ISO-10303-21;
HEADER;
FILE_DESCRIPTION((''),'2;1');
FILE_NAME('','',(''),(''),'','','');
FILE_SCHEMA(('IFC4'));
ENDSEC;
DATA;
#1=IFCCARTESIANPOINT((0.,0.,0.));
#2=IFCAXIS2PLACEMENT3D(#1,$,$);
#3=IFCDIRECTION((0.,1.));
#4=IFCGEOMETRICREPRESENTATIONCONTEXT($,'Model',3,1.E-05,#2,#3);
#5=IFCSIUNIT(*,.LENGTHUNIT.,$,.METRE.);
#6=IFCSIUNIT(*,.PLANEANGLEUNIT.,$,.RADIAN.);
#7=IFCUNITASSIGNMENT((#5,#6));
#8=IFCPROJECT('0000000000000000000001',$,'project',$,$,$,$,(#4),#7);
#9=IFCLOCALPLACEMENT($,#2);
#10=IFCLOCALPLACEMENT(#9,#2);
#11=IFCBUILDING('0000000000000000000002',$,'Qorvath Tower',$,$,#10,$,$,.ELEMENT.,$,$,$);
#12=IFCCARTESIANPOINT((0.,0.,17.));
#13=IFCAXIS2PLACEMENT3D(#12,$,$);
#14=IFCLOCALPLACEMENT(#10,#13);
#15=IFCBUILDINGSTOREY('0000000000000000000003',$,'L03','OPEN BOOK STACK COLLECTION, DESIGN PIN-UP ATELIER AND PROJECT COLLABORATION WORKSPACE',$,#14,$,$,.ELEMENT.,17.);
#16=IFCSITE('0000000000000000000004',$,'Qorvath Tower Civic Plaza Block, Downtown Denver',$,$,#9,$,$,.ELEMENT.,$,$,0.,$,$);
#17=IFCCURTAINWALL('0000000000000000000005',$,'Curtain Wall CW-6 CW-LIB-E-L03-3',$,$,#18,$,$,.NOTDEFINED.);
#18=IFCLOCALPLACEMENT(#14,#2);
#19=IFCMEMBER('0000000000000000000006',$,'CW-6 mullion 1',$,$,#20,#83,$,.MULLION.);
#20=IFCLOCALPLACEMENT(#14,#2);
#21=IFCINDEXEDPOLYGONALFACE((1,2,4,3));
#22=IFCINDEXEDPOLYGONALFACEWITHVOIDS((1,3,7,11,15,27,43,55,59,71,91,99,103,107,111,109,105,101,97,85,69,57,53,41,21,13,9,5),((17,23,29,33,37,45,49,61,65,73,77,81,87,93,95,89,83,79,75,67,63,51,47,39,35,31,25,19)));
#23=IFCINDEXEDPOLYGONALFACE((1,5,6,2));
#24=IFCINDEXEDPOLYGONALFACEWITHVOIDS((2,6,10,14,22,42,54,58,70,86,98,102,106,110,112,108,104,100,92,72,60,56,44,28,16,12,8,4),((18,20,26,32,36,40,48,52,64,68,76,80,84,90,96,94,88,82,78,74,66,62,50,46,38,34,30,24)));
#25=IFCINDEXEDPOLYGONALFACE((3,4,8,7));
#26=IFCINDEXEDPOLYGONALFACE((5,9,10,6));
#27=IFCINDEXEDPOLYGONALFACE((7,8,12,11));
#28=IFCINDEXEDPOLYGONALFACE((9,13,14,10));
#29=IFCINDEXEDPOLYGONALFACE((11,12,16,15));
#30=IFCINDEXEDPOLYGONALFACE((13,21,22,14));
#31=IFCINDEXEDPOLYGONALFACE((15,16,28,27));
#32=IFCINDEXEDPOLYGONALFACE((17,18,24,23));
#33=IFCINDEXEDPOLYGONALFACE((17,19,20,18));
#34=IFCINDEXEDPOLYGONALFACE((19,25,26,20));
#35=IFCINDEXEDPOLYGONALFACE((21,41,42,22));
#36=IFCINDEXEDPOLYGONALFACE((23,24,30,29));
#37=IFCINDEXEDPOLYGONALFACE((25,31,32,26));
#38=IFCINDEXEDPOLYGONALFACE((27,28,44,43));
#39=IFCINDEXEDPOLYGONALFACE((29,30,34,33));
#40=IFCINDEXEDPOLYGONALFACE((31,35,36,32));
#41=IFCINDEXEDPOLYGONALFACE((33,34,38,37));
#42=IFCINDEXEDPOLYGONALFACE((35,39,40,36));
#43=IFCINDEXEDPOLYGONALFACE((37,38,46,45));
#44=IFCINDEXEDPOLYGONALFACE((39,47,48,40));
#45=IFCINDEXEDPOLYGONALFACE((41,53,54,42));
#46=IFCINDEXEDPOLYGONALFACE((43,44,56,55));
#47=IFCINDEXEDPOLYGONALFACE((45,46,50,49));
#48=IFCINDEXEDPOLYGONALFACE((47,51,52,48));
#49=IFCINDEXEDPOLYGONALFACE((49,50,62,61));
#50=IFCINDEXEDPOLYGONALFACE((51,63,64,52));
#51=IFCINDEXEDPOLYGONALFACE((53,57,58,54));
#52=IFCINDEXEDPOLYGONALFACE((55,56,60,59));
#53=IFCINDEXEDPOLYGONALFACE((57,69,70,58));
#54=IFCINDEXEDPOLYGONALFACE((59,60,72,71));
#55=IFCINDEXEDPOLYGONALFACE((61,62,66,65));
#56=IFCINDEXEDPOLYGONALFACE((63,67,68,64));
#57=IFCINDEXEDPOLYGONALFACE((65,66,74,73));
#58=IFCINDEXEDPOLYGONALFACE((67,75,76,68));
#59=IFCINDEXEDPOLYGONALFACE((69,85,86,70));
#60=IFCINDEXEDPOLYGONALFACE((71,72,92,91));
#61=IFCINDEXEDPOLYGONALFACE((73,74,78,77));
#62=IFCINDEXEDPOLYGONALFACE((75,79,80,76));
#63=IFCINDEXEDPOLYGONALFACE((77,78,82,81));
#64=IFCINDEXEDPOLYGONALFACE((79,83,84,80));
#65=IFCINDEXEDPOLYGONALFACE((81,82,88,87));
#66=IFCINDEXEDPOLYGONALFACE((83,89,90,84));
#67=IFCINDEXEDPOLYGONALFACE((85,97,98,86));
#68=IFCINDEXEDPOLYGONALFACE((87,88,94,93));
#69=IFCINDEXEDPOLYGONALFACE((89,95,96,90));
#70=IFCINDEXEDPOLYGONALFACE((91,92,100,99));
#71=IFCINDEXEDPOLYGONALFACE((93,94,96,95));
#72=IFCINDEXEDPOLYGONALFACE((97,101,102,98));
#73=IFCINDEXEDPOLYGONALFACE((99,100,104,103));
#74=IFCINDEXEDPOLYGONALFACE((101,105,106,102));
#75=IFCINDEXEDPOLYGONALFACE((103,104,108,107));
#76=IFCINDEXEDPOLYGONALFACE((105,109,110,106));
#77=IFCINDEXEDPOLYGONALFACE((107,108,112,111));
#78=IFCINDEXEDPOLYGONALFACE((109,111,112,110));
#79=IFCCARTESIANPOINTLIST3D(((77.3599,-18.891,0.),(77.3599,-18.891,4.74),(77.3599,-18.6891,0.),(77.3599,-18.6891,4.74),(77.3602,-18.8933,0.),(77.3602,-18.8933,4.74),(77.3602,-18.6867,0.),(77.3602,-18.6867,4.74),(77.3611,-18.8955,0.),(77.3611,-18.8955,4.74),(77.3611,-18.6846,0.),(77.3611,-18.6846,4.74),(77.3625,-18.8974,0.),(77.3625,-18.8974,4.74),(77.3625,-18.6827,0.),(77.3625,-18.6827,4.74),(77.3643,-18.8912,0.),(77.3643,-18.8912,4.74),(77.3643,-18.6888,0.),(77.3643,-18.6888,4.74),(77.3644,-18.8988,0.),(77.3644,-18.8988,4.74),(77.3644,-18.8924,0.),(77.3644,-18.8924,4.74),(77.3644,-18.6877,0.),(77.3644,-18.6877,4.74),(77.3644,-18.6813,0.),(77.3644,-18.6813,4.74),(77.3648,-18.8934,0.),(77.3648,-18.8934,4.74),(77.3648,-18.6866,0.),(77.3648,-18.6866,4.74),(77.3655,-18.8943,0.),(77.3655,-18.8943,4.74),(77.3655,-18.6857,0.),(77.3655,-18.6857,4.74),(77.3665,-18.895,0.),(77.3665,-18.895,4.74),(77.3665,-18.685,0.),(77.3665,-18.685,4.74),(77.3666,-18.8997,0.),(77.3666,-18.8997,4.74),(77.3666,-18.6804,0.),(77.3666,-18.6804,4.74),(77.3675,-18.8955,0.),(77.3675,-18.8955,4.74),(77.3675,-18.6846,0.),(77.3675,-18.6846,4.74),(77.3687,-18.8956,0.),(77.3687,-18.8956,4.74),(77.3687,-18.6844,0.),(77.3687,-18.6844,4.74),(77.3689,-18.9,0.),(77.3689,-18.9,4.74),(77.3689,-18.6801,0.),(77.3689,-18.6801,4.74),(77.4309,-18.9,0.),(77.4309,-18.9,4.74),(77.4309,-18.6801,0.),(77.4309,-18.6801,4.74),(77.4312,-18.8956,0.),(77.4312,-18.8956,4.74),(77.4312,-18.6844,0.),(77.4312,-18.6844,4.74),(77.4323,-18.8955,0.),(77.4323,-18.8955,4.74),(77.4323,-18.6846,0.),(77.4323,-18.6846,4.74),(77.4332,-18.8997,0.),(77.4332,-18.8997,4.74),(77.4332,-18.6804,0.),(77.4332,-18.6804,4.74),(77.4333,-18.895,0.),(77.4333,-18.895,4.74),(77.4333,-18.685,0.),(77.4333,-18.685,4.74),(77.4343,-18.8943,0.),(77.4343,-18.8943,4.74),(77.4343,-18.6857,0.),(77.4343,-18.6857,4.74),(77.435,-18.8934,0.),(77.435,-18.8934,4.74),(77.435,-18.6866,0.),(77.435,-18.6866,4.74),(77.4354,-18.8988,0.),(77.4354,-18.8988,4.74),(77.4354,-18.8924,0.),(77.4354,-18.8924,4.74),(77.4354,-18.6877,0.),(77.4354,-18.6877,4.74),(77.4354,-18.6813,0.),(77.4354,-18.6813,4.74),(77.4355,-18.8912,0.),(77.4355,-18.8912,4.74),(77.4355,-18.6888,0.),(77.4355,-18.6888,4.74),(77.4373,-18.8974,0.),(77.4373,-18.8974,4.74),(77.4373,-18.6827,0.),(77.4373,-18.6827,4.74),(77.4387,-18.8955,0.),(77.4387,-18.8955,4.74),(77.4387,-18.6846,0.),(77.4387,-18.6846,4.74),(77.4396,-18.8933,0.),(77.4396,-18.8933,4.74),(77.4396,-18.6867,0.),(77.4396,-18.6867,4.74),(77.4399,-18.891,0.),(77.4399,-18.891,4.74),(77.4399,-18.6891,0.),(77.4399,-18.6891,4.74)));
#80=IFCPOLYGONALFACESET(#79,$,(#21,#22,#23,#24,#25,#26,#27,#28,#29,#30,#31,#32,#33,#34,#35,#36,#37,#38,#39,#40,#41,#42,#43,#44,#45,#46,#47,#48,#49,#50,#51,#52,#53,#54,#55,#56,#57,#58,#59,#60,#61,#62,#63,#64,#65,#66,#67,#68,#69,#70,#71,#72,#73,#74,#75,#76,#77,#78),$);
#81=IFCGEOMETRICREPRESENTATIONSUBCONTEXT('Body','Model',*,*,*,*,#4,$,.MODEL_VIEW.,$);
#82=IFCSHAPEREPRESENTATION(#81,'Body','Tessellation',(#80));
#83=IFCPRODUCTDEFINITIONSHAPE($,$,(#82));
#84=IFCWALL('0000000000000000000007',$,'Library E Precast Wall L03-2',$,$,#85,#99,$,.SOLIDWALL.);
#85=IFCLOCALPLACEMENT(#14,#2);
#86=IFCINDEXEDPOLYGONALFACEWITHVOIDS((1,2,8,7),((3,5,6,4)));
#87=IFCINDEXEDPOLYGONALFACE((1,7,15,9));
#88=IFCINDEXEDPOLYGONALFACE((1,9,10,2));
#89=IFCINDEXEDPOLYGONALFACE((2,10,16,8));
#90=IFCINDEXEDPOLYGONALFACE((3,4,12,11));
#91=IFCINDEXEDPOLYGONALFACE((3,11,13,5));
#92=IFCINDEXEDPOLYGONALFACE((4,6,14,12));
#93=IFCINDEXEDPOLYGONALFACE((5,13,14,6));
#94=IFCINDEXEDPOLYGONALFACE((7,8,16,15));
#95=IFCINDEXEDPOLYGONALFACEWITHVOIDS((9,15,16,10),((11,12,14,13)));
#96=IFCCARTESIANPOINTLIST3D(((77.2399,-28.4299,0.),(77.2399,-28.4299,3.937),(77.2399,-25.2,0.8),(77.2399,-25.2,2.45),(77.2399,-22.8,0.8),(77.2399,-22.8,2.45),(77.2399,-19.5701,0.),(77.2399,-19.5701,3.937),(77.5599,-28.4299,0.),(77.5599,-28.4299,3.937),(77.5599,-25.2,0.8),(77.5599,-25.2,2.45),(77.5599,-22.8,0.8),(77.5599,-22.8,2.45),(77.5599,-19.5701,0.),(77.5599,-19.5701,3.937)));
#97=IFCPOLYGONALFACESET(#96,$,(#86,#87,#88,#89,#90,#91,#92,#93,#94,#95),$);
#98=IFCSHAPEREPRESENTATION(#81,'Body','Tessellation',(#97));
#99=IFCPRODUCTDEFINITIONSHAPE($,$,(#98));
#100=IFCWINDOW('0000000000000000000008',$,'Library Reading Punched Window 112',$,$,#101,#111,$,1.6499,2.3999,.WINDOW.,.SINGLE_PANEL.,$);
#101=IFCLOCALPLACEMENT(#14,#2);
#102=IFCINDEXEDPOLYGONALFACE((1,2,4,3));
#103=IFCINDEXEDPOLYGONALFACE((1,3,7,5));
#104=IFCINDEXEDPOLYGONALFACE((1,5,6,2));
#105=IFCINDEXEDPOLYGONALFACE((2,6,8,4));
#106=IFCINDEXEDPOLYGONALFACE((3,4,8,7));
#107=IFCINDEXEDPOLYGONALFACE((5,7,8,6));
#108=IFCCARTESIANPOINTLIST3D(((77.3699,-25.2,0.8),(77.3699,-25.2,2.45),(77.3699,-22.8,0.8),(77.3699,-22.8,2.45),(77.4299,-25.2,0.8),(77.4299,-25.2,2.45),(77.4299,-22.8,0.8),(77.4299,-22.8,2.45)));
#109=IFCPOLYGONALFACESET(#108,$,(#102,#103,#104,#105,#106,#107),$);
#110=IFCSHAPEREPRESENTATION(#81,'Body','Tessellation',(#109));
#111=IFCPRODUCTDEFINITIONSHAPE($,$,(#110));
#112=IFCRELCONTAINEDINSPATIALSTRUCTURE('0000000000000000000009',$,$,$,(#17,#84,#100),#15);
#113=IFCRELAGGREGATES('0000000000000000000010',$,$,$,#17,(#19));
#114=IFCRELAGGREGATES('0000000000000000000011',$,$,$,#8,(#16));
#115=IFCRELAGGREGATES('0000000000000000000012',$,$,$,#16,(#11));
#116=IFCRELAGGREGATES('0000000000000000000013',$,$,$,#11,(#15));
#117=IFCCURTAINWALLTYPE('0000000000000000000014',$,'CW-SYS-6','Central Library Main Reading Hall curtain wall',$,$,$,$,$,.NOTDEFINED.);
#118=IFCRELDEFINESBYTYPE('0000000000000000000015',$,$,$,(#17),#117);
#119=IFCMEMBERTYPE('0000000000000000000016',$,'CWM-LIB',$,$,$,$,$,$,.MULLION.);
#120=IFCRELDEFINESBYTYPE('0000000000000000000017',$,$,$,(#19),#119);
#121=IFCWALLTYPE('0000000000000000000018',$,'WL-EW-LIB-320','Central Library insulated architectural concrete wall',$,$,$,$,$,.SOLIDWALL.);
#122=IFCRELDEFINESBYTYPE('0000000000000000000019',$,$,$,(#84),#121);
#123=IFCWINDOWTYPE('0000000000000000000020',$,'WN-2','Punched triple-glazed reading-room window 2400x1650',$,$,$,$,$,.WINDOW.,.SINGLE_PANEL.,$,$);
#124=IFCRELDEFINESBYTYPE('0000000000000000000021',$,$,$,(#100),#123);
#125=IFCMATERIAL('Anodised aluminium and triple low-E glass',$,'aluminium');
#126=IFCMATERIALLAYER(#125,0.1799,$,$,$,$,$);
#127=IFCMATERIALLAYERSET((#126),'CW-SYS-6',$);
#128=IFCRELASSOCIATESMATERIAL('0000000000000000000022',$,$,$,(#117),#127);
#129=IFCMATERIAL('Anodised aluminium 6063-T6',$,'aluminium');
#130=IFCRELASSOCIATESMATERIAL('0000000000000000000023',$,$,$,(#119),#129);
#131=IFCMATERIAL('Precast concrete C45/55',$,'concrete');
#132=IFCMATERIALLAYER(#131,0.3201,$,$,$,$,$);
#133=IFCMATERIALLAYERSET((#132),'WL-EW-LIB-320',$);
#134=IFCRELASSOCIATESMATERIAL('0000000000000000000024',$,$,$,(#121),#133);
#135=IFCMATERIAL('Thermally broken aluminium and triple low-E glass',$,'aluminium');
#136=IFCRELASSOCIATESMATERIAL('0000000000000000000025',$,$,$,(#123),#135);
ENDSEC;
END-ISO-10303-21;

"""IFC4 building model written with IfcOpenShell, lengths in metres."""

from ifc_helpers import new_model, si_unit, direction, frame, frame_2d, origin, origin_2d, place, context, subcontext, project, spatial, rectangle, hollow_rectangle, extrude, material, layer, layer_set, material_profile, profile_set, type_object, element, fill, aggregate, save


model = new_model("IFC4")

# Units and contexts
model_context = context("Model", 3, precision=1e-05, world=origin(), true_north=direction((0.0, 1.0)))
body_context = subcontext(model_context, "Body", "Model", "MODEL_VIEW")
ifc_project = project(units=[si_unit("LENGTHUNIT", "METRE"), si_unit("PLANEANGLEUNIT", "RADIAN")], contexts=[model_context])

# Site, building, storey
site_placement = place(None, origin())
site = spatial("IfcSite", under=ifc_project, at=site_placement, Name="Qorvath Tower Civic Plaza Block, Downtown Denver", CompositionType="ELEMENT", RefElevation=0.0)
building_placement = place(site_placement, origin())
building = spatial("IfcBuilding", under=site, at=building_placement, Name="Qorvath Tower", CompositionType="ELEMENT")
storey_placement = place(building_placement, frame((0.0, 0.0, 17.0)))
storey = spatial("IfcBuildingStorey", under=building, at=storey_placement, Name="L03", Description="OPEN BOOK STACK COLLECTION, DESIGN PIN-UP ATELIER AND PROJECT COLLABORATION WORKSPACE", CompositionType="ELEMENT", Elevation=17.0)

# Curtain wall, member
ifc_material_1 = material(Name="Anodised aluminium and triple low-E glass", Category="aluminium")
ifc_layer_1 = layer(ifc_material_1, 0.1799)
ifc_layer_set_1 = layer_set([ifc_layer_1], Name="CW-SYS-6")
curtain_wall_type = type_object("IfcCurtainWallType", Name="CW-SYS-6", Description="Central Library Main Reading Hall curtain wall", PredefinedType="NOTDEFINED", material=ifc_layer_set_1)
curtain_wall_placement = place(storey_placement, origin())
curtain_wall = element("IfcCurtainWall", 1, at=curtain_wall_placement, inside=storey, type_object=curtain_wall_type, Name="Curtain Wall CW-6 CW-LIB-E-L03-3", PredefinedType="NOTDEFINED")
ifc_material_2 = material(Name="Anodised aluminium 6063-T6", Category="aluminium")
ifc_material_profile_1 = material_profile(ifc_material_2, hollow_rectangle(XDim=0.0801, YDim=0.22, WallThickness=0.0044, InnerFilletRadius=0.0044, OuterFilletRadius=0.009, at=origin_2d()), Name="CWM LIB 220x80")
ifc_profile_set_1 = profile_set([ifc_material_profile_1], Name="Anodised aluminium 6063-T6")
member_type = type_object("IfcMemberType", Name="CWM-LIB", PredefinedType="MULLION", material=ifc_profile_set_1)
member_placement = place(storey_placement, frame((77.3999, -18.79, 0.0), z_axis=(0.0, 0.0, 1.0), x_axis=(-1.0, 0.0, 0.0)))
member = element("IfcMember", 2, at=member_placement, type_object=member_type, Name="CW-6 mullion 1", PredefinedType="MULLION", context=body_context, shape_type="SweptSolid", body=[
    extrude(hollow_rectangle(XDim=0.0801, YDim=0.22, WallThickness=0.0044, InnerFilletRadius=0.0044, OuterFilletRadius=0.009, at=origin_2d()), origin(), (0.0, 0.0, 1.0), 4.74),
])
aggregate(curtain_wall, [member])

# Wall, opening, window
ifc_material_3 = material(Name="Precast concrete C45/55", Category="concrete")
ifc_layer_2 = layer(ifc_material_3, 0.3201)
ifc_layer_set_2 = layer_set([ifc_layer_2], Name="WL-EW-LIB-320")
wall_type = type_object("IfcWallType", Name="WL-EW-LIB-320", Description="Central Library insulated architectural concrete wall", PredefinedType="SOLIDWALL", material=ifc_layer_set_2)
wall_placement = place(storey_placement, frame((77.3999, -19.5701, 0.0), z_axis=(0.0, 0.0, 1.0), x_axis=(0.0, -1.0, 0.0)))
wall = element("IfcWall", 3, at=wall_placement, inside=storey, type_object=wall_type, Name="Library E Precast Wall L03-2", PredefinedType="SOLIDWALL", context=body_context, shape_type="SweptSolid", body=[
    extrude(rectangle(XDim=8.8599, YDim=0.3201, at=frame_2d((4.4299, 0.0))), origin(), (0.0, 0.0, 1.0), 3.937),
])
opening_placement = place(wall_placement, frame((3.23, 0.0, 0.8)))
opening = element("IfcOpeningElement", 4, at=opening_placement, cuts=wall, PredefinedType="OPENING", context=body_context, shape_type="SweptSolid", body=[
    extrude(rectangle(XDim=2.3999, YDim=1.6499, at=frame_2d((1.2, 0.825))), frame((0.0, 0.1699, 0.0), z_axis=(0.0, -1.0, 0.0), x_axis=(1.0, 0.0, 0.0)), (0.0, 0.0, 1.0), 0.3401),
])
ifc_material_4 = material(Name="Thermally broken aluminium and triple low-E glass", Category="aluminium")
window_type = type_object("IfcWindowType", Name="WN-2", Description="Punched triple-glazed reading-room window 2400x1650", PartitioningType="SINGLE_PANEL", PredefinedType="WINDOW", material=ifc_material_4)
window_placement = place(opening_placement, origin())
window = element("IfcWindow", 5, at=window_placement, inside=storey, type_object=window_type, Name="Library Reading Punched Window 112", OverallHeight=1.6499, OverallWidth=2.3999, PartitioningType="SINGLE_PANEL", PredefinedType="WINDOW", context=body_context, shape_type="SweptSolid", body=[
    extrude(rectangle(XDim=2.3999, YDim=1.6499, at=frame_2d((1.2, 0.825))), frame((0.0, 0.03, 0.0), z_axis=(0.0, -1.0, 0.0), x_axis=(1.0, 0.0, 0.0)), (0.0, 0.0, 1.0), 0.0601),
])
fill(opening, window)

save(model, "model.ifc")
